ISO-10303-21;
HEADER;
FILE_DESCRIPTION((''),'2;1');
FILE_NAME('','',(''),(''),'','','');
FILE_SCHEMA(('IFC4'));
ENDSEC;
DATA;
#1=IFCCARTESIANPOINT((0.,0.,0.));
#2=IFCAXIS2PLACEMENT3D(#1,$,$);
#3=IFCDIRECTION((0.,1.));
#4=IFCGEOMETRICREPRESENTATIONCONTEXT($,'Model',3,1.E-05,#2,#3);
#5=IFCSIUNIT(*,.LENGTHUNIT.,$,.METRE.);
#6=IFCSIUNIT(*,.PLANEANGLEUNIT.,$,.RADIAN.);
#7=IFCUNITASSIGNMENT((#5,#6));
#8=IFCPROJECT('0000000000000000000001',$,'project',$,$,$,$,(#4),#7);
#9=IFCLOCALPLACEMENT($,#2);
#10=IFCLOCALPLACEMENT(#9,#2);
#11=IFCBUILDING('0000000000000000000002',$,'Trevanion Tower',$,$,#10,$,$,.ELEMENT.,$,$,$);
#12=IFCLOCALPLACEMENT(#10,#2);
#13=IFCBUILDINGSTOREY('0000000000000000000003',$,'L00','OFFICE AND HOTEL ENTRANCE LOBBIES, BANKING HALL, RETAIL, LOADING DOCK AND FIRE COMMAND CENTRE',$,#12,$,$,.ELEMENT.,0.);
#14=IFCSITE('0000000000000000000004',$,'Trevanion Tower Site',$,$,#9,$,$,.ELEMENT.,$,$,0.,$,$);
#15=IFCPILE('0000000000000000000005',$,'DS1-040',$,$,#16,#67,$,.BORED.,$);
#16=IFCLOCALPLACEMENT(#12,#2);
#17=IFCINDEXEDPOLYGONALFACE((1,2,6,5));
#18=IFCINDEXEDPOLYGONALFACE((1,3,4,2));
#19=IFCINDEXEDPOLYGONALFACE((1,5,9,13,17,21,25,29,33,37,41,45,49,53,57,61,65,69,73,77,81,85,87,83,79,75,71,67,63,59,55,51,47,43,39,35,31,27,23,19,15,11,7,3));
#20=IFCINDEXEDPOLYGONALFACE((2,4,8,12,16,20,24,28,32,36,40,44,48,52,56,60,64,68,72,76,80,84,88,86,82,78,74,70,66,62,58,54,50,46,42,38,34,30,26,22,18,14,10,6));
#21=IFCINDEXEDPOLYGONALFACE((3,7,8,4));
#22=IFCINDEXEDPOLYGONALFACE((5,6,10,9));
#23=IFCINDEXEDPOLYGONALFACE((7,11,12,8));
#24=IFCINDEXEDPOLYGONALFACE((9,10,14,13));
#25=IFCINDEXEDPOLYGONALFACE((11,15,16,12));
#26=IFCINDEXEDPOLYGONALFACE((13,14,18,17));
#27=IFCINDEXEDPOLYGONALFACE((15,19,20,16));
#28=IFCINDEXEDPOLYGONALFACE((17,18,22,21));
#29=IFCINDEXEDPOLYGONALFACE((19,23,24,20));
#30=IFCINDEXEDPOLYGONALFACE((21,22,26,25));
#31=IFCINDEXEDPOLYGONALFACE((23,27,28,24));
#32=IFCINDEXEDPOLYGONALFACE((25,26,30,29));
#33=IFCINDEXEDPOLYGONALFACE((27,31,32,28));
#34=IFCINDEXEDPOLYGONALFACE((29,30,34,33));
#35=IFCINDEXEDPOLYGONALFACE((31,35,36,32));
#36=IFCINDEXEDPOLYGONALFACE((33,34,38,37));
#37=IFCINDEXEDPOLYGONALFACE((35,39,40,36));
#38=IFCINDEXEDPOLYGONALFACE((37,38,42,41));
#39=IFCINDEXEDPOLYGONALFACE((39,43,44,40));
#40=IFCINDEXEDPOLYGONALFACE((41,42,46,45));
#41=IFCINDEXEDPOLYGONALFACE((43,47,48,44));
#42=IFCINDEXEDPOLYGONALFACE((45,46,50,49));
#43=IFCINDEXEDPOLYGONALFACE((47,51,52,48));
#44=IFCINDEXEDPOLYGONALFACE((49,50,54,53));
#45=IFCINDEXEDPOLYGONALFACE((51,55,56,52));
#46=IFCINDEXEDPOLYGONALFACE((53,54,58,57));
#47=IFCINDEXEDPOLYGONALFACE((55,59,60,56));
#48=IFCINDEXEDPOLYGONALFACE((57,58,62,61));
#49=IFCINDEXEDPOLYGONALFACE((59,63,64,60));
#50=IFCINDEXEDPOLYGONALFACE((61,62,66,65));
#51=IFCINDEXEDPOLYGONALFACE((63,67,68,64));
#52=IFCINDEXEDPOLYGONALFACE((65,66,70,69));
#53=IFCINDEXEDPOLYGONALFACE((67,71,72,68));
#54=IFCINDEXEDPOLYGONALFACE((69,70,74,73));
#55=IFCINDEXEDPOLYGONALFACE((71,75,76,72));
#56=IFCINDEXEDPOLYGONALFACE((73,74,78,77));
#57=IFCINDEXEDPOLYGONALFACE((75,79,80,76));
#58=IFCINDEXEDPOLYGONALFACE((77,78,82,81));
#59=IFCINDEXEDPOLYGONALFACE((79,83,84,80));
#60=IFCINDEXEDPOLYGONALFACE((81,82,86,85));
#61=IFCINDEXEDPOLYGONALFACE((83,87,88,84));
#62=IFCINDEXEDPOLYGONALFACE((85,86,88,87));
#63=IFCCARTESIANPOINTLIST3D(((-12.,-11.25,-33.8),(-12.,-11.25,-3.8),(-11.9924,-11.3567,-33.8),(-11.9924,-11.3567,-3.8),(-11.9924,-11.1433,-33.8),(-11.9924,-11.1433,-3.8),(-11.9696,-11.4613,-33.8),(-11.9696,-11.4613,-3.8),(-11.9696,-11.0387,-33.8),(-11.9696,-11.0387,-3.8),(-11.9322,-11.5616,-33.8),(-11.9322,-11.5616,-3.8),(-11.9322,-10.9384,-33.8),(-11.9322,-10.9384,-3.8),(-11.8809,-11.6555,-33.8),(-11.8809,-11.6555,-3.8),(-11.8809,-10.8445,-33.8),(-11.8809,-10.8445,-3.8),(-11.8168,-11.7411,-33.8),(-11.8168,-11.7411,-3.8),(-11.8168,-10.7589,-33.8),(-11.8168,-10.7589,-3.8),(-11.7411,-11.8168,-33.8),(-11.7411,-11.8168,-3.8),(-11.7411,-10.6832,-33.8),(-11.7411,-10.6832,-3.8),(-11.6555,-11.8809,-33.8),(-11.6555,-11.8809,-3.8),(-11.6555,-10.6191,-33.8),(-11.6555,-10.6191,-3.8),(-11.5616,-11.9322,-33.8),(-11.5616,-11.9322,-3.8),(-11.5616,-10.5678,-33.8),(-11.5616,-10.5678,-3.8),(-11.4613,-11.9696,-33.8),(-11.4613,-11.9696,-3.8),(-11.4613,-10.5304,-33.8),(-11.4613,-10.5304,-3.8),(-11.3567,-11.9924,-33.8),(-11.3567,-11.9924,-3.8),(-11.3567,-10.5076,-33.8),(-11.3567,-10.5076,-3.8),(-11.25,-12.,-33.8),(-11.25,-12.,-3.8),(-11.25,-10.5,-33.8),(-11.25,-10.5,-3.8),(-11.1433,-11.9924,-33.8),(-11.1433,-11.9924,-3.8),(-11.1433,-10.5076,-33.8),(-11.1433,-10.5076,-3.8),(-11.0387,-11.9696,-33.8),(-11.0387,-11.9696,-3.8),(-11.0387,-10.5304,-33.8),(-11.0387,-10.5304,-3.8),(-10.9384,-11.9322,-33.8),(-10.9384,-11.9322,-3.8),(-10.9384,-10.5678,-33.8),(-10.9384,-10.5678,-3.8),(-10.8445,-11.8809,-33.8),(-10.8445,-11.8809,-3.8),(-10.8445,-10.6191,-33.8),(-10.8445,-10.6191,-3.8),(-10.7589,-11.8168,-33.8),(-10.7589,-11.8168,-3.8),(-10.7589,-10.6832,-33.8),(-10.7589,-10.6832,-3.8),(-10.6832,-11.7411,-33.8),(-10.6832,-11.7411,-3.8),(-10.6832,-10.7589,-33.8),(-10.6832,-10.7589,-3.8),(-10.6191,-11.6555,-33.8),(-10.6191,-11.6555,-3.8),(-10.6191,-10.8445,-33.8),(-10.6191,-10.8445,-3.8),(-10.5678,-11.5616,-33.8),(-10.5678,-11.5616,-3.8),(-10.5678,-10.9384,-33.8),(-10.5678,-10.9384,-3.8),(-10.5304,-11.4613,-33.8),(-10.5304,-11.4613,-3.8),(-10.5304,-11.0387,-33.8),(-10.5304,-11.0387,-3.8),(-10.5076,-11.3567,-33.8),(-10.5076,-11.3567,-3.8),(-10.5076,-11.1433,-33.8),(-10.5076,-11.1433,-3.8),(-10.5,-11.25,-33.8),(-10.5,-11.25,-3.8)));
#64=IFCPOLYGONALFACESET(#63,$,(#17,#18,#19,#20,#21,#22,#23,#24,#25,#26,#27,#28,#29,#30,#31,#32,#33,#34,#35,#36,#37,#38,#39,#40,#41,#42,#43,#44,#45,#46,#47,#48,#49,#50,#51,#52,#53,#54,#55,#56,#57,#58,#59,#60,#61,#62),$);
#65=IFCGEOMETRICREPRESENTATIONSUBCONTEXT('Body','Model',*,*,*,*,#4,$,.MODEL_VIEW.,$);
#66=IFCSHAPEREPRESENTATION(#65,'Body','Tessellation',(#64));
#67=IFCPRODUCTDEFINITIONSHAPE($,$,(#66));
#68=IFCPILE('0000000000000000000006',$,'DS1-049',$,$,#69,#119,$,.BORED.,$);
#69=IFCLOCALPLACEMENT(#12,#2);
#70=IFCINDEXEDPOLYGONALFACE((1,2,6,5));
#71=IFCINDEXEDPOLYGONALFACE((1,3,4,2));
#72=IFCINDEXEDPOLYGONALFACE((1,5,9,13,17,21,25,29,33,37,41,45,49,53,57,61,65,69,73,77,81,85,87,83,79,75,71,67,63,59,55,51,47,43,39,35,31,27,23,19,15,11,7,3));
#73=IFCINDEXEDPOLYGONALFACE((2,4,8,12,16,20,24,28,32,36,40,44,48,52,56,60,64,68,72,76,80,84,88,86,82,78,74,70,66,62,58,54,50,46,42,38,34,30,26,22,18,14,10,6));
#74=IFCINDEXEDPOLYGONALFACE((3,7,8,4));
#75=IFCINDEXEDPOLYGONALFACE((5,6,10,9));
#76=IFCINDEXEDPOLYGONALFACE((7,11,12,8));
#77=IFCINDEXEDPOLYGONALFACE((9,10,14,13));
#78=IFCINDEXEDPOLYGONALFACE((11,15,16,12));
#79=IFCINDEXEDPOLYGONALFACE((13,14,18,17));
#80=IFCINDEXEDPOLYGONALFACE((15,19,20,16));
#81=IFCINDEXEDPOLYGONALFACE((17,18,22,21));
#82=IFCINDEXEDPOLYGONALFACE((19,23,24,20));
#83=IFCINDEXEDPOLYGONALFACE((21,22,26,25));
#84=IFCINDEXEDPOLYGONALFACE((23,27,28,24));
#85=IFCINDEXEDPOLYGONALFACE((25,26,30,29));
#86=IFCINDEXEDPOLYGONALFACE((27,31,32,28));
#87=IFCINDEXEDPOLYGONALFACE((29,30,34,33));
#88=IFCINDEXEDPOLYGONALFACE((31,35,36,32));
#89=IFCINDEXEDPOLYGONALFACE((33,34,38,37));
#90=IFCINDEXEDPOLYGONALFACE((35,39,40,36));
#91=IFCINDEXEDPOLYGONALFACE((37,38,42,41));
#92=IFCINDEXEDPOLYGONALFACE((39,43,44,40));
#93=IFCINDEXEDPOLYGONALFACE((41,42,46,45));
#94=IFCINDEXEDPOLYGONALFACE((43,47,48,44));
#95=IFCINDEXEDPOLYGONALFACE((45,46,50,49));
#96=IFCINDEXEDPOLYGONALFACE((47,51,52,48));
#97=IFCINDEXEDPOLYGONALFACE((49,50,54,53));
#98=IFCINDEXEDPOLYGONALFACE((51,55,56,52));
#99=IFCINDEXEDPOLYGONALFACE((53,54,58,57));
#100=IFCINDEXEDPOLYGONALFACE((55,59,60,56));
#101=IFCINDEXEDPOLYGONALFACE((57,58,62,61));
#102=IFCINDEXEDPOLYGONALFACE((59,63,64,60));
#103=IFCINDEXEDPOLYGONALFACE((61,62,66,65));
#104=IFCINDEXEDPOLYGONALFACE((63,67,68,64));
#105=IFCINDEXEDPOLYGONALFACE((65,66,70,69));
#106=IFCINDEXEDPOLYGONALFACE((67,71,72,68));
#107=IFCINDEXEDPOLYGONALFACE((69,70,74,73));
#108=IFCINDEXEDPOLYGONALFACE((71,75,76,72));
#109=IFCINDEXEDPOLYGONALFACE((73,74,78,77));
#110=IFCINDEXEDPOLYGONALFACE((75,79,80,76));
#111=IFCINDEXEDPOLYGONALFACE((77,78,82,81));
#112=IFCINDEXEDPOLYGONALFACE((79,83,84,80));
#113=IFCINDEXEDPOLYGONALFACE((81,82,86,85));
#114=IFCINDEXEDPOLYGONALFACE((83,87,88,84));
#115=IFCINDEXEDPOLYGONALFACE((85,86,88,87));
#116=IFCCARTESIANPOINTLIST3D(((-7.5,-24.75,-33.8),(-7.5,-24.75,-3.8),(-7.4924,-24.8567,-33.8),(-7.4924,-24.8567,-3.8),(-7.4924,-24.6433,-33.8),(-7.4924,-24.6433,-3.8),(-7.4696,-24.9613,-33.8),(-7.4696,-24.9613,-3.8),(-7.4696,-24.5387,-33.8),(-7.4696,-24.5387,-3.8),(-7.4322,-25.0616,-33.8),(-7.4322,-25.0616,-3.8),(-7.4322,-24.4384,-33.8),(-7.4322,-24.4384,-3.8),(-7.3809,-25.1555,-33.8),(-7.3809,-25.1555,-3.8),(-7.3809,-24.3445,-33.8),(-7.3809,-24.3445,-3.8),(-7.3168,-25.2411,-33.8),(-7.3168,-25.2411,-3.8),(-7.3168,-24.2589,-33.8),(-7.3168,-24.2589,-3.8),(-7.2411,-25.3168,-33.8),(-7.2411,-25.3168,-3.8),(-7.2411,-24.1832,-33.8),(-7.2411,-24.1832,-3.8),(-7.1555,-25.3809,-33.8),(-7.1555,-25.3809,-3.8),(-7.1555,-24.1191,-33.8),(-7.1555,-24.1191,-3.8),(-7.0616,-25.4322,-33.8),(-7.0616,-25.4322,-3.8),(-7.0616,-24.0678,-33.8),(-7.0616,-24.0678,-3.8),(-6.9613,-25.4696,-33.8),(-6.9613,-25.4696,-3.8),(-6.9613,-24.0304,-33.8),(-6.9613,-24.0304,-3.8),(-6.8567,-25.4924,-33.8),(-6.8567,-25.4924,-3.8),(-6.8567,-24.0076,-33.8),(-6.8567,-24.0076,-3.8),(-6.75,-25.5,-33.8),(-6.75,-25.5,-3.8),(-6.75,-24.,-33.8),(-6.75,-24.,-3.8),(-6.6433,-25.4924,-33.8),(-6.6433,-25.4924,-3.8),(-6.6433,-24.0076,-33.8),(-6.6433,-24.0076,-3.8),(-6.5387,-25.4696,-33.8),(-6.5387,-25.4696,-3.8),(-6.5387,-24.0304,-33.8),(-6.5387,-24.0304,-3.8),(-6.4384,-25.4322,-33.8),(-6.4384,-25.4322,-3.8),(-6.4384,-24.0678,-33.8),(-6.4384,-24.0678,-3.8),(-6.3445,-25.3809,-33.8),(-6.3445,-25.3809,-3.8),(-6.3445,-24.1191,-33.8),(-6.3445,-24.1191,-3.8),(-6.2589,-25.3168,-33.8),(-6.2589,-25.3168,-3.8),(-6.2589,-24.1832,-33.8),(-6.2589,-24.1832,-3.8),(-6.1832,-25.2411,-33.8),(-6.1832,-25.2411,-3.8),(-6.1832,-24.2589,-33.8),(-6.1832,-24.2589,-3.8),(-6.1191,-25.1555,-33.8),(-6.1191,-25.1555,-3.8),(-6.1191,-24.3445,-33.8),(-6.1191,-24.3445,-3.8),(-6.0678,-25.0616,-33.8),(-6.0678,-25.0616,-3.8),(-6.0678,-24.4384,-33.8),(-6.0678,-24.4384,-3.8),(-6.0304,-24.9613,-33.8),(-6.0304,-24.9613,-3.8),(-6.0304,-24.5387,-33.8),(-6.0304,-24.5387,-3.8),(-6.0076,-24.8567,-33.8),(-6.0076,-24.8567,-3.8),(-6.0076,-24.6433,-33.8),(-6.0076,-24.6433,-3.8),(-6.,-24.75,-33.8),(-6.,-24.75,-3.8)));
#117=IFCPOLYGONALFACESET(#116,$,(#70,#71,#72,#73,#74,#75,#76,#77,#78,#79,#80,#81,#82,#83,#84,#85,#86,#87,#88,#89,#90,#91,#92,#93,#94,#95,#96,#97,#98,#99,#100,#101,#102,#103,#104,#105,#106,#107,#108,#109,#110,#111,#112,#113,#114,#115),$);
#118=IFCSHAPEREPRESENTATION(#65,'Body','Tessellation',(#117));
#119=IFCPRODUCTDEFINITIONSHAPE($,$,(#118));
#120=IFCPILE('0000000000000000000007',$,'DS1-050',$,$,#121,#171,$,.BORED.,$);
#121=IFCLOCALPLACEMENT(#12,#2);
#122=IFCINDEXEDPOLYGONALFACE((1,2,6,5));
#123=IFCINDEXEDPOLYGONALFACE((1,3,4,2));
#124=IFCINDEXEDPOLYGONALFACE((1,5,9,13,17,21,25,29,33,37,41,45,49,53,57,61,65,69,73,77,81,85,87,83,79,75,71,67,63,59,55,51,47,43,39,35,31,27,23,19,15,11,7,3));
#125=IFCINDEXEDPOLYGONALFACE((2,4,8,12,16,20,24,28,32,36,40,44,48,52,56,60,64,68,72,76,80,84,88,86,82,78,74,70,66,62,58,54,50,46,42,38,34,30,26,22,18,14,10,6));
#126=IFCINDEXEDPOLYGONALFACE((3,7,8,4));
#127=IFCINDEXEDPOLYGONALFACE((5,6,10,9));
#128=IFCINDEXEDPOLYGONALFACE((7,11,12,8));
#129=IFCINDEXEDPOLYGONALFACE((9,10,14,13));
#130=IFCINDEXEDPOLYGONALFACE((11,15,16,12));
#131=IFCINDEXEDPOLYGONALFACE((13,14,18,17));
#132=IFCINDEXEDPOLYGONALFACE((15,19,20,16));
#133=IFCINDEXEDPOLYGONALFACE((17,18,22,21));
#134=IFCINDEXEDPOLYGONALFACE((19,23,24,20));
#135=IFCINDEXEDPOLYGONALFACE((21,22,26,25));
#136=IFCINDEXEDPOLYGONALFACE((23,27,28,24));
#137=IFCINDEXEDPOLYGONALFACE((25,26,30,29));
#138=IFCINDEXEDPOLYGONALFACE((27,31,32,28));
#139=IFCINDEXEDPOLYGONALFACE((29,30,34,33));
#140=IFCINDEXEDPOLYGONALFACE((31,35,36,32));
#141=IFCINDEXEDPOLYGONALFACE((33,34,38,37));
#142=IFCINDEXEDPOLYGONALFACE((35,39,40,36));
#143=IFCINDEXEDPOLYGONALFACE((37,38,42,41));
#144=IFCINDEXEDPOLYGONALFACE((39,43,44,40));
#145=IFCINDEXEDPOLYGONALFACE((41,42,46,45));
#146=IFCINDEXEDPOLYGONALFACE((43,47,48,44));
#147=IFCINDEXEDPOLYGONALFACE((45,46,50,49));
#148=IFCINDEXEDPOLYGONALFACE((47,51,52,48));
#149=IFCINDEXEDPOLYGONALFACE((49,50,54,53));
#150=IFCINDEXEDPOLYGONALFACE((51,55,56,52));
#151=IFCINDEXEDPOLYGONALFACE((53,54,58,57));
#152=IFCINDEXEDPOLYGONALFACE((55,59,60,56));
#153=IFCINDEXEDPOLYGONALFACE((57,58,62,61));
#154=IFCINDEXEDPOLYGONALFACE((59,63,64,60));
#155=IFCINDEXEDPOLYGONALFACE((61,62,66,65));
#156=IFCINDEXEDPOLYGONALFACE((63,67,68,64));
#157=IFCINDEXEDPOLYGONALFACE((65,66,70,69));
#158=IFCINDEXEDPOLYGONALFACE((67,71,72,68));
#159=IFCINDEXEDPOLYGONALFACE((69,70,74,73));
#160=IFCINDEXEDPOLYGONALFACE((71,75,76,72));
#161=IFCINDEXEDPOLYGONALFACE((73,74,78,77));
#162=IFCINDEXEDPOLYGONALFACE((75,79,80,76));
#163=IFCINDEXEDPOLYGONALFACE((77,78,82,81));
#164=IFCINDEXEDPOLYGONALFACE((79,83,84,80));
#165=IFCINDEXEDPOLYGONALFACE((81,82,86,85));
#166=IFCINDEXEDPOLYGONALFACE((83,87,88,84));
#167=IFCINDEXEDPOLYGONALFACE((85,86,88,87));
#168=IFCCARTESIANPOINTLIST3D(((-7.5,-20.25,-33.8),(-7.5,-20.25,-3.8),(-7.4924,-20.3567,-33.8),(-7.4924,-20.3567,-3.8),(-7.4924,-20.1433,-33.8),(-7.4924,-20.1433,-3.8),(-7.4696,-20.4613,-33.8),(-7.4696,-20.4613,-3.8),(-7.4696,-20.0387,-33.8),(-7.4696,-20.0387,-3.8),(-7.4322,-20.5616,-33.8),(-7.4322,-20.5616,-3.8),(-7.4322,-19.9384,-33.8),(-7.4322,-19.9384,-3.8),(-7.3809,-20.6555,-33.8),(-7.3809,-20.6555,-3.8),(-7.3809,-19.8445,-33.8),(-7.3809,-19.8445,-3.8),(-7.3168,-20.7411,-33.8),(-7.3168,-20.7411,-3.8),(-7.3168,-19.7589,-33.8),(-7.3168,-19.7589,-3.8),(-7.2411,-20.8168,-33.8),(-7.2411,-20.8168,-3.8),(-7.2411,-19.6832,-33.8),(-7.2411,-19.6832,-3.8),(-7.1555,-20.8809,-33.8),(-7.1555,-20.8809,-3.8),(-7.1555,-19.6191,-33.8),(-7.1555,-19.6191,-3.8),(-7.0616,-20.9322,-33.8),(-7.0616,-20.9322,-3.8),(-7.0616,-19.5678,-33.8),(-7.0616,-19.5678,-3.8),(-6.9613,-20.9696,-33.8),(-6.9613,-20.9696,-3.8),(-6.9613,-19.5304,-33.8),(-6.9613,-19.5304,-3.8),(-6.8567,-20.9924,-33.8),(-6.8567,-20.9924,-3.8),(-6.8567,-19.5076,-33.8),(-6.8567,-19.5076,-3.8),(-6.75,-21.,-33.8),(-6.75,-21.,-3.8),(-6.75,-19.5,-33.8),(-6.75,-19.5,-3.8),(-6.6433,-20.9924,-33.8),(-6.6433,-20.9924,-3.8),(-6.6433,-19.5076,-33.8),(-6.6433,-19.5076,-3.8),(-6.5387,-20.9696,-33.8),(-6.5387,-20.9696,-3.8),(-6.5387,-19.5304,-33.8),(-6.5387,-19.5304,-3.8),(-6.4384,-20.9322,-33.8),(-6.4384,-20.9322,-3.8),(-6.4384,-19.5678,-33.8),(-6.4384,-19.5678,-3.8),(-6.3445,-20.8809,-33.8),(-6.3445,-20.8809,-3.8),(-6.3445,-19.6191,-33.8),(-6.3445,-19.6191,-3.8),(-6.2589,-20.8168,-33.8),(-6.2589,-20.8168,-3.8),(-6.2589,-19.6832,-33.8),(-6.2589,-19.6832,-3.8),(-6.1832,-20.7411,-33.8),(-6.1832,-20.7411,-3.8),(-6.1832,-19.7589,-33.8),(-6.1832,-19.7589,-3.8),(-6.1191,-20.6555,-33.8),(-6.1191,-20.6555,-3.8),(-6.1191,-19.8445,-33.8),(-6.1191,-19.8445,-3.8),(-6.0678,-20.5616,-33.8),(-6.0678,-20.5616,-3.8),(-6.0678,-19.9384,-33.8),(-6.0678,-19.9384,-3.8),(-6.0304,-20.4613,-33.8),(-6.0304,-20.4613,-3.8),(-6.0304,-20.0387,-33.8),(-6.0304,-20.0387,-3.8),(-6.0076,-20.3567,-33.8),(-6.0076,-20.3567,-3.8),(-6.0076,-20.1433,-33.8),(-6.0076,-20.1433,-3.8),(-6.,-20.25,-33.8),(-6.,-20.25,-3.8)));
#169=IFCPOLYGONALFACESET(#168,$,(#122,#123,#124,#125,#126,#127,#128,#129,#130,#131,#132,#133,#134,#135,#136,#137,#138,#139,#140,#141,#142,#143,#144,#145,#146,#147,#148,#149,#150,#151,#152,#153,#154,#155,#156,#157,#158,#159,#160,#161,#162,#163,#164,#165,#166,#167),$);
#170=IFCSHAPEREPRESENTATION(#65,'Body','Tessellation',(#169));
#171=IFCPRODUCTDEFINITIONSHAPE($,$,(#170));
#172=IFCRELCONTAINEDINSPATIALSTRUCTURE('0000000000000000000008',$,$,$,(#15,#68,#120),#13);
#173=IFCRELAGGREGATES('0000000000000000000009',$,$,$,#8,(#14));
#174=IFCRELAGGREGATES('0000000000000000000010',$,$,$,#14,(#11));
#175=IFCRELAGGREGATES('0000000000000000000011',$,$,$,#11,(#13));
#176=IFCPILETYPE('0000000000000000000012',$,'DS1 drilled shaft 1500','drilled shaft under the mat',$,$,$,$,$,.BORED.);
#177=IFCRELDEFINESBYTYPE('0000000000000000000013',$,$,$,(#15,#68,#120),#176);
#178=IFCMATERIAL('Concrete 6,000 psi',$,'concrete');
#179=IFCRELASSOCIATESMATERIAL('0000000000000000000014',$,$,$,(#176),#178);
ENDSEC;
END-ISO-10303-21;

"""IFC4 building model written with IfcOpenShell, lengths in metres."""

from ifc_helpers import new_model, si_unit, direction, frame, origin, origin_2d, place, context, subcontext, project, spatial, circle, extrude, material, material_profile, profile_set, type_object, element, save


model = new_model("IFC4")

# Units and contexts
model_context = context("Model", 3, precision=1e-05, world=origin(), true_north=direction((0.0, 1.0)))
body_context = subcontext(model_context, "Body", "Model", "MODEL_VIEW")
ifc_project = project(units=[si_unit("LENGTHUNIT", "METRE"), si_unit("PLANEANGLEUNIT", "RADIAN")], contexts=[model_context])

# Site, building, storey
site_placement = place(None, origin())
site = spatial("IfcSite", under=ifc_project, at=site_placement, Name="Trevanion Tower Site", CompositionType="ELEMENT", RefElevation=0.0)
building_placement = place(site_placement, origin())
building = spatial("IfcBuilding", under=site, at=building_placement, Name="Trevanion Tower", CompositionType="ELEMENT")
storey_placement = place(building_placement, origin())
storey = spatial("IfcBuildingStorey", under=building, at=storey_placement, Name="L00", Description="OFFICE AND HOTEL ENTRANCE LOBBIES, BANKING HALL, RETAIL, LOADING DOCK AND FIRE COMMAND CENTRE", CompositionType="ELEMENT", Elevation=0.0)

# Piles
ifc_material_1 = material(Name="Concrete 6,000 psi", Category="concrete")
ifc_material_profile_1 = material_profile(ifc_material_1, circle(Radius=0.75, at=origin_2d()), Name="DS1 drilled shaft 1500")
ifc_profile_set_1 = profile_set([ifc_material_profile_1], Name="Concrete 6,000 psi")
pile_type = type_object("IfcPileType", Name="DS1 drilled shaft 1500", Description="drilled shaft under the mat", PredefinedType="BORED", material=ifc_profile_set_1)
for number, where, z_axis, x_axis, name in (
    (1, (-11.25, -11.25, -3.8), (0.0, 0.0, -1.0), (1.0, 0.0, 0.0), "DS1-040"),
    (2, (-6.75, -24.75, -3.8), (0.0, 0.0, -1.0), (1.0, 0.0, 0.0), "DS1-049"),
    (3, (-6.75, -20.25, -3.8), (0.0, 0.0, -1.0), (1.0, 0.0, 0.0), "DS1-050"),
):
    element("IfcPile", number, at=place(storey_placement, frame(where, z_axis=z_axis, x_axis=x_axis)), inside=storey, type_object=pile_type, Name=name, PredefinedType="BORED", context=body_context, shape_type="SweptSolid", body=[
        extrude(circle(Radius=0.75, at=origin_2d()), origin(), (0.0, 0.0, 1.0), 30.0),
    ])

save(model, "model.ifc")
